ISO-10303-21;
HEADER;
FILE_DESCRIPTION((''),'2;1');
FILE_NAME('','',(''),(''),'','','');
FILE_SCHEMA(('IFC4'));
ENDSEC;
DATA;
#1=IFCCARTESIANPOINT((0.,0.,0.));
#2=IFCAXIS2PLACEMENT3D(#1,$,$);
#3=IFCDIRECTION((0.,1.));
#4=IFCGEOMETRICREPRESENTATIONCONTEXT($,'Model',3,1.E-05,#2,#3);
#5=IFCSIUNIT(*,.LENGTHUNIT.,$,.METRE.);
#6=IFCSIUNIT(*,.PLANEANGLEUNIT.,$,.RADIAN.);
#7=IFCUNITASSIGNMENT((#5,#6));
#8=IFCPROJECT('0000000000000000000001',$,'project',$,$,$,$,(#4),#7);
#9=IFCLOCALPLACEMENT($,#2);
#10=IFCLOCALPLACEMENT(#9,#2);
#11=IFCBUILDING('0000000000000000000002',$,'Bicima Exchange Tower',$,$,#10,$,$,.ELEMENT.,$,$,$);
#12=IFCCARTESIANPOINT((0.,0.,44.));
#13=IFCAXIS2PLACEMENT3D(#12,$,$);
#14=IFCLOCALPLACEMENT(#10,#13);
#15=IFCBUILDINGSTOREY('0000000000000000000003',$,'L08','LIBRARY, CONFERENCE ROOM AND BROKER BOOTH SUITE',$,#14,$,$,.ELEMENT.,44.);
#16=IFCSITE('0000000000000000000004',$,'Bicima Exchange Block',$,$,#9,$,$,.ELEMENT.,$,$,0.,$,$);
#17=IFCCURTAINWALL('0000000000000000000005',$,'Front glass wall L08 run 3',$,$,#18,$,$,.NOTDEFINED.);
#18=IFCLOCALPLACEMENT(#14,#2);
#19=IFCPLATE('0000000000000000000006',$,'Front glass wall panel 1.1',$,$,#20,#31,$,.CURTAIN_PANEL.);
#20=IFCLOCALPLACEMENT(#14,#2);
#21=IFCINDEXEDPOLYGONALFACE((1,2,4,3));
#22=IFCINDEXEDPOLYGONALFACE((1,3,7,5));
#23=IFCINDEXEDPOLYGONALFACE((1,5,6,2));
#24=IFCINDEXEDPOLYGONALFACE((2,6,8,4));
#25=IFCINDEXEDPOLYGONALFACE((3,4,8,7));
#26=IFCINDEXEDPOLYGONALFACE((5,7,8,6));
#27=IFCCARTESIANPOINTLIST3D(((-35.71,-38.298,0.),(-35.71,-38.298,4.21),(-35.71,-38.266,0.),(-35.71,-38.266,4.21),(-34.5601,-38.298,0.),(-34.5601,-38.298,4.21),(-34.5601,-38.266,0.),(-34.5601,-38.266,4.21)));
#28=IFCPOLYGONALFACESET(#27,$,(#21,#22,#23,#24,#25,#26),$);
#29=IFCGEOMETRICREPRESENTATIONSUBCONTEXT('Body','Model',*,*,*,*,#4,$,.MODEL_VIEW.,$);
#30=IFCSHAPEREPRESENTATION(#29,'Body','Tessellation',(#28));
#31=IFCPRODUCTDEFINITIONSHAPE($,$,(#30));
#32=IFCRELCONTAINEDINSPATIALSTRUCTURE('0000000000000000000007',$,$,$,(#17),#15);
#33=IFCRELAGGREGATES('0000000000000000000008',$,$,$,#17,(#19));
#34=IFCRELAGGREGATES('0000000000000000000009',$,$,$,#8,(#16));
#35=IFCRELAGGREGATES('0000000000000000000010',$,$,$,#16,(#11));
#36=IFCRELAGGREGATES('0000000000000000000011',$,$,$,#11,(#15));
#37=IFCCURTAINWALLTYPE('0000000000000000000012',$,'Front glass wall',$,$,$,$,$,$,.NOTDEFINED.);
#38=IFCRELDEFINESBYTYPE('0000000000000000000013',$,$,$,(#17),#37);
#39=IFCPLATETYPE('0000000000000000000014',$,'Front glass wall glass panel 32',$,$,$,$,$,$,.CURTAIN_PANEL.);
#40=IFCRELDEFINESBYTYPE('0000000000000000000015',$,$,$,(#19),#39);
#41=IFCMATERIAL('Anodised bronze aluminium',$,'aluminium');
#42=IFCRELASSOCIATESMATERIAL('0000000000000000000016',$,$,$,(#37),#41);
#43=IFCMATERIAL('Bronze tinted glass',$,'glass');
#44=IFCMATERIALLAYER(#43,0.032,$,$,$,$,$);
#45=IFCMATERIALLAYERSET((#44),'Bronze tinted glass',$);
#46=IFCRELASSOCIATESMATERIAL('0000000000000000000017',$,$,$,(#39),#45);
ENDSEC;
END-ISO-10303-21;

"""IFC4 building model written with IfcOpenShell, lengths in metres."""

from ifc_helpers import new_model, si_unit, direction, frame, origin, origin_2d, place, context, subcontext, project, spatial, rectangle, extrude, material, layer, layer_set, type_object, element, aggregate, save


model = new_model("IFC4")

# Units and contexts
model_context = context("Model", 3, precision=1e-05, world=origin(), true_north=direction((0.0, 1.0)))
body_context = subcontext(model_context, "Body", "Model", "MODEL_VIEW")
ifc_project = project(units=[si_unit("LENGTHUNIT", "METRE"), si_unit("PLANEANGLEUNIT", "RADIAN")], contexts=[model_context])

# Site, building, storey
site_placement = place(None, origin())
site = spatial("IfcSite", under=ifc_project, at=site_placement, Name="Bicima Exchange Block", CompositionType="ELEMENT", RefElevation=0.0)
building_placement = place(site_placement, origin())
building = spatial("IfcBuilding", under=site, at=building_placement, Name="Bicima Exchange Tower", CompositionType="ELEMENT")
storey_placement = place(building_placement, frame((0.0, 0.0, 44.0)))
storey = spatial("IfcBuildingStorey", under=building, at=storey_placement, Name="L08", Description="LIBRARY, CONFERENCE ROOM AND BROKER BOOTH SUITE", CompositionType="ELEMENT", Elevation=44.0)

# Shared definitions
ifc_material_1 = material(Name="Anodised bronze aluminium", Category="aluminium")

# Curtain wall
curtain_wall_type_1 = type_object("IfcCurtainWallType", Name="Front glass wall", PredefinedType="NOTDEFINED", material=ifc_material_1)
curtain_wall_1_placement = place(storey_placement, origin())
curtain_wall_1 = element("IfcCurtainWall", 1, at=curtain_wall_1_placement, inside=storey, type_object=curtain_wall_type_1, Name="Front glass wall L08 run 3", PredefinedType="NOTDEFINED")

# Plate
ifc_material_2 = material(Name="Bronze tinted glass", Category="glass")
ifc_layer_1 = layer(ifc_material_2, 0.032)
ifc_layer_set_1 = layer_set([ifc_layer_1], Name="Bronze tinted glass")
plate_type_1 = type_object("IfcPlateType", Name="Front glass wall glass panel 32", PredefinedType="CURTAIN_PANEL", material=ifc_layer_set_1)
plate_1_placement = place(storey_placement, frame((-35.135, -38.282, 0.0), z_axis=(0.0, 0.0, 1.0), x_axis=(1.0, 0.0, 0.0)))
plate_1 = element("IfcPlate", 2, at=plate_1_placement, type_object=plate_type_1, Name="Front glass wall panel 1.1", PredefinedType="CURTAIN_PANEL", context=body_context, shape_type="SweptSolid", body=[
    extrude(rectangle(XDim=1.1499, YDim=0.032, at=origin_2d()), origin(), (0.0, 0.0, 1.0), 4.21),
])
aggregate(curtain_wall_1, [plate_1])

save(model, "model.ifc")
